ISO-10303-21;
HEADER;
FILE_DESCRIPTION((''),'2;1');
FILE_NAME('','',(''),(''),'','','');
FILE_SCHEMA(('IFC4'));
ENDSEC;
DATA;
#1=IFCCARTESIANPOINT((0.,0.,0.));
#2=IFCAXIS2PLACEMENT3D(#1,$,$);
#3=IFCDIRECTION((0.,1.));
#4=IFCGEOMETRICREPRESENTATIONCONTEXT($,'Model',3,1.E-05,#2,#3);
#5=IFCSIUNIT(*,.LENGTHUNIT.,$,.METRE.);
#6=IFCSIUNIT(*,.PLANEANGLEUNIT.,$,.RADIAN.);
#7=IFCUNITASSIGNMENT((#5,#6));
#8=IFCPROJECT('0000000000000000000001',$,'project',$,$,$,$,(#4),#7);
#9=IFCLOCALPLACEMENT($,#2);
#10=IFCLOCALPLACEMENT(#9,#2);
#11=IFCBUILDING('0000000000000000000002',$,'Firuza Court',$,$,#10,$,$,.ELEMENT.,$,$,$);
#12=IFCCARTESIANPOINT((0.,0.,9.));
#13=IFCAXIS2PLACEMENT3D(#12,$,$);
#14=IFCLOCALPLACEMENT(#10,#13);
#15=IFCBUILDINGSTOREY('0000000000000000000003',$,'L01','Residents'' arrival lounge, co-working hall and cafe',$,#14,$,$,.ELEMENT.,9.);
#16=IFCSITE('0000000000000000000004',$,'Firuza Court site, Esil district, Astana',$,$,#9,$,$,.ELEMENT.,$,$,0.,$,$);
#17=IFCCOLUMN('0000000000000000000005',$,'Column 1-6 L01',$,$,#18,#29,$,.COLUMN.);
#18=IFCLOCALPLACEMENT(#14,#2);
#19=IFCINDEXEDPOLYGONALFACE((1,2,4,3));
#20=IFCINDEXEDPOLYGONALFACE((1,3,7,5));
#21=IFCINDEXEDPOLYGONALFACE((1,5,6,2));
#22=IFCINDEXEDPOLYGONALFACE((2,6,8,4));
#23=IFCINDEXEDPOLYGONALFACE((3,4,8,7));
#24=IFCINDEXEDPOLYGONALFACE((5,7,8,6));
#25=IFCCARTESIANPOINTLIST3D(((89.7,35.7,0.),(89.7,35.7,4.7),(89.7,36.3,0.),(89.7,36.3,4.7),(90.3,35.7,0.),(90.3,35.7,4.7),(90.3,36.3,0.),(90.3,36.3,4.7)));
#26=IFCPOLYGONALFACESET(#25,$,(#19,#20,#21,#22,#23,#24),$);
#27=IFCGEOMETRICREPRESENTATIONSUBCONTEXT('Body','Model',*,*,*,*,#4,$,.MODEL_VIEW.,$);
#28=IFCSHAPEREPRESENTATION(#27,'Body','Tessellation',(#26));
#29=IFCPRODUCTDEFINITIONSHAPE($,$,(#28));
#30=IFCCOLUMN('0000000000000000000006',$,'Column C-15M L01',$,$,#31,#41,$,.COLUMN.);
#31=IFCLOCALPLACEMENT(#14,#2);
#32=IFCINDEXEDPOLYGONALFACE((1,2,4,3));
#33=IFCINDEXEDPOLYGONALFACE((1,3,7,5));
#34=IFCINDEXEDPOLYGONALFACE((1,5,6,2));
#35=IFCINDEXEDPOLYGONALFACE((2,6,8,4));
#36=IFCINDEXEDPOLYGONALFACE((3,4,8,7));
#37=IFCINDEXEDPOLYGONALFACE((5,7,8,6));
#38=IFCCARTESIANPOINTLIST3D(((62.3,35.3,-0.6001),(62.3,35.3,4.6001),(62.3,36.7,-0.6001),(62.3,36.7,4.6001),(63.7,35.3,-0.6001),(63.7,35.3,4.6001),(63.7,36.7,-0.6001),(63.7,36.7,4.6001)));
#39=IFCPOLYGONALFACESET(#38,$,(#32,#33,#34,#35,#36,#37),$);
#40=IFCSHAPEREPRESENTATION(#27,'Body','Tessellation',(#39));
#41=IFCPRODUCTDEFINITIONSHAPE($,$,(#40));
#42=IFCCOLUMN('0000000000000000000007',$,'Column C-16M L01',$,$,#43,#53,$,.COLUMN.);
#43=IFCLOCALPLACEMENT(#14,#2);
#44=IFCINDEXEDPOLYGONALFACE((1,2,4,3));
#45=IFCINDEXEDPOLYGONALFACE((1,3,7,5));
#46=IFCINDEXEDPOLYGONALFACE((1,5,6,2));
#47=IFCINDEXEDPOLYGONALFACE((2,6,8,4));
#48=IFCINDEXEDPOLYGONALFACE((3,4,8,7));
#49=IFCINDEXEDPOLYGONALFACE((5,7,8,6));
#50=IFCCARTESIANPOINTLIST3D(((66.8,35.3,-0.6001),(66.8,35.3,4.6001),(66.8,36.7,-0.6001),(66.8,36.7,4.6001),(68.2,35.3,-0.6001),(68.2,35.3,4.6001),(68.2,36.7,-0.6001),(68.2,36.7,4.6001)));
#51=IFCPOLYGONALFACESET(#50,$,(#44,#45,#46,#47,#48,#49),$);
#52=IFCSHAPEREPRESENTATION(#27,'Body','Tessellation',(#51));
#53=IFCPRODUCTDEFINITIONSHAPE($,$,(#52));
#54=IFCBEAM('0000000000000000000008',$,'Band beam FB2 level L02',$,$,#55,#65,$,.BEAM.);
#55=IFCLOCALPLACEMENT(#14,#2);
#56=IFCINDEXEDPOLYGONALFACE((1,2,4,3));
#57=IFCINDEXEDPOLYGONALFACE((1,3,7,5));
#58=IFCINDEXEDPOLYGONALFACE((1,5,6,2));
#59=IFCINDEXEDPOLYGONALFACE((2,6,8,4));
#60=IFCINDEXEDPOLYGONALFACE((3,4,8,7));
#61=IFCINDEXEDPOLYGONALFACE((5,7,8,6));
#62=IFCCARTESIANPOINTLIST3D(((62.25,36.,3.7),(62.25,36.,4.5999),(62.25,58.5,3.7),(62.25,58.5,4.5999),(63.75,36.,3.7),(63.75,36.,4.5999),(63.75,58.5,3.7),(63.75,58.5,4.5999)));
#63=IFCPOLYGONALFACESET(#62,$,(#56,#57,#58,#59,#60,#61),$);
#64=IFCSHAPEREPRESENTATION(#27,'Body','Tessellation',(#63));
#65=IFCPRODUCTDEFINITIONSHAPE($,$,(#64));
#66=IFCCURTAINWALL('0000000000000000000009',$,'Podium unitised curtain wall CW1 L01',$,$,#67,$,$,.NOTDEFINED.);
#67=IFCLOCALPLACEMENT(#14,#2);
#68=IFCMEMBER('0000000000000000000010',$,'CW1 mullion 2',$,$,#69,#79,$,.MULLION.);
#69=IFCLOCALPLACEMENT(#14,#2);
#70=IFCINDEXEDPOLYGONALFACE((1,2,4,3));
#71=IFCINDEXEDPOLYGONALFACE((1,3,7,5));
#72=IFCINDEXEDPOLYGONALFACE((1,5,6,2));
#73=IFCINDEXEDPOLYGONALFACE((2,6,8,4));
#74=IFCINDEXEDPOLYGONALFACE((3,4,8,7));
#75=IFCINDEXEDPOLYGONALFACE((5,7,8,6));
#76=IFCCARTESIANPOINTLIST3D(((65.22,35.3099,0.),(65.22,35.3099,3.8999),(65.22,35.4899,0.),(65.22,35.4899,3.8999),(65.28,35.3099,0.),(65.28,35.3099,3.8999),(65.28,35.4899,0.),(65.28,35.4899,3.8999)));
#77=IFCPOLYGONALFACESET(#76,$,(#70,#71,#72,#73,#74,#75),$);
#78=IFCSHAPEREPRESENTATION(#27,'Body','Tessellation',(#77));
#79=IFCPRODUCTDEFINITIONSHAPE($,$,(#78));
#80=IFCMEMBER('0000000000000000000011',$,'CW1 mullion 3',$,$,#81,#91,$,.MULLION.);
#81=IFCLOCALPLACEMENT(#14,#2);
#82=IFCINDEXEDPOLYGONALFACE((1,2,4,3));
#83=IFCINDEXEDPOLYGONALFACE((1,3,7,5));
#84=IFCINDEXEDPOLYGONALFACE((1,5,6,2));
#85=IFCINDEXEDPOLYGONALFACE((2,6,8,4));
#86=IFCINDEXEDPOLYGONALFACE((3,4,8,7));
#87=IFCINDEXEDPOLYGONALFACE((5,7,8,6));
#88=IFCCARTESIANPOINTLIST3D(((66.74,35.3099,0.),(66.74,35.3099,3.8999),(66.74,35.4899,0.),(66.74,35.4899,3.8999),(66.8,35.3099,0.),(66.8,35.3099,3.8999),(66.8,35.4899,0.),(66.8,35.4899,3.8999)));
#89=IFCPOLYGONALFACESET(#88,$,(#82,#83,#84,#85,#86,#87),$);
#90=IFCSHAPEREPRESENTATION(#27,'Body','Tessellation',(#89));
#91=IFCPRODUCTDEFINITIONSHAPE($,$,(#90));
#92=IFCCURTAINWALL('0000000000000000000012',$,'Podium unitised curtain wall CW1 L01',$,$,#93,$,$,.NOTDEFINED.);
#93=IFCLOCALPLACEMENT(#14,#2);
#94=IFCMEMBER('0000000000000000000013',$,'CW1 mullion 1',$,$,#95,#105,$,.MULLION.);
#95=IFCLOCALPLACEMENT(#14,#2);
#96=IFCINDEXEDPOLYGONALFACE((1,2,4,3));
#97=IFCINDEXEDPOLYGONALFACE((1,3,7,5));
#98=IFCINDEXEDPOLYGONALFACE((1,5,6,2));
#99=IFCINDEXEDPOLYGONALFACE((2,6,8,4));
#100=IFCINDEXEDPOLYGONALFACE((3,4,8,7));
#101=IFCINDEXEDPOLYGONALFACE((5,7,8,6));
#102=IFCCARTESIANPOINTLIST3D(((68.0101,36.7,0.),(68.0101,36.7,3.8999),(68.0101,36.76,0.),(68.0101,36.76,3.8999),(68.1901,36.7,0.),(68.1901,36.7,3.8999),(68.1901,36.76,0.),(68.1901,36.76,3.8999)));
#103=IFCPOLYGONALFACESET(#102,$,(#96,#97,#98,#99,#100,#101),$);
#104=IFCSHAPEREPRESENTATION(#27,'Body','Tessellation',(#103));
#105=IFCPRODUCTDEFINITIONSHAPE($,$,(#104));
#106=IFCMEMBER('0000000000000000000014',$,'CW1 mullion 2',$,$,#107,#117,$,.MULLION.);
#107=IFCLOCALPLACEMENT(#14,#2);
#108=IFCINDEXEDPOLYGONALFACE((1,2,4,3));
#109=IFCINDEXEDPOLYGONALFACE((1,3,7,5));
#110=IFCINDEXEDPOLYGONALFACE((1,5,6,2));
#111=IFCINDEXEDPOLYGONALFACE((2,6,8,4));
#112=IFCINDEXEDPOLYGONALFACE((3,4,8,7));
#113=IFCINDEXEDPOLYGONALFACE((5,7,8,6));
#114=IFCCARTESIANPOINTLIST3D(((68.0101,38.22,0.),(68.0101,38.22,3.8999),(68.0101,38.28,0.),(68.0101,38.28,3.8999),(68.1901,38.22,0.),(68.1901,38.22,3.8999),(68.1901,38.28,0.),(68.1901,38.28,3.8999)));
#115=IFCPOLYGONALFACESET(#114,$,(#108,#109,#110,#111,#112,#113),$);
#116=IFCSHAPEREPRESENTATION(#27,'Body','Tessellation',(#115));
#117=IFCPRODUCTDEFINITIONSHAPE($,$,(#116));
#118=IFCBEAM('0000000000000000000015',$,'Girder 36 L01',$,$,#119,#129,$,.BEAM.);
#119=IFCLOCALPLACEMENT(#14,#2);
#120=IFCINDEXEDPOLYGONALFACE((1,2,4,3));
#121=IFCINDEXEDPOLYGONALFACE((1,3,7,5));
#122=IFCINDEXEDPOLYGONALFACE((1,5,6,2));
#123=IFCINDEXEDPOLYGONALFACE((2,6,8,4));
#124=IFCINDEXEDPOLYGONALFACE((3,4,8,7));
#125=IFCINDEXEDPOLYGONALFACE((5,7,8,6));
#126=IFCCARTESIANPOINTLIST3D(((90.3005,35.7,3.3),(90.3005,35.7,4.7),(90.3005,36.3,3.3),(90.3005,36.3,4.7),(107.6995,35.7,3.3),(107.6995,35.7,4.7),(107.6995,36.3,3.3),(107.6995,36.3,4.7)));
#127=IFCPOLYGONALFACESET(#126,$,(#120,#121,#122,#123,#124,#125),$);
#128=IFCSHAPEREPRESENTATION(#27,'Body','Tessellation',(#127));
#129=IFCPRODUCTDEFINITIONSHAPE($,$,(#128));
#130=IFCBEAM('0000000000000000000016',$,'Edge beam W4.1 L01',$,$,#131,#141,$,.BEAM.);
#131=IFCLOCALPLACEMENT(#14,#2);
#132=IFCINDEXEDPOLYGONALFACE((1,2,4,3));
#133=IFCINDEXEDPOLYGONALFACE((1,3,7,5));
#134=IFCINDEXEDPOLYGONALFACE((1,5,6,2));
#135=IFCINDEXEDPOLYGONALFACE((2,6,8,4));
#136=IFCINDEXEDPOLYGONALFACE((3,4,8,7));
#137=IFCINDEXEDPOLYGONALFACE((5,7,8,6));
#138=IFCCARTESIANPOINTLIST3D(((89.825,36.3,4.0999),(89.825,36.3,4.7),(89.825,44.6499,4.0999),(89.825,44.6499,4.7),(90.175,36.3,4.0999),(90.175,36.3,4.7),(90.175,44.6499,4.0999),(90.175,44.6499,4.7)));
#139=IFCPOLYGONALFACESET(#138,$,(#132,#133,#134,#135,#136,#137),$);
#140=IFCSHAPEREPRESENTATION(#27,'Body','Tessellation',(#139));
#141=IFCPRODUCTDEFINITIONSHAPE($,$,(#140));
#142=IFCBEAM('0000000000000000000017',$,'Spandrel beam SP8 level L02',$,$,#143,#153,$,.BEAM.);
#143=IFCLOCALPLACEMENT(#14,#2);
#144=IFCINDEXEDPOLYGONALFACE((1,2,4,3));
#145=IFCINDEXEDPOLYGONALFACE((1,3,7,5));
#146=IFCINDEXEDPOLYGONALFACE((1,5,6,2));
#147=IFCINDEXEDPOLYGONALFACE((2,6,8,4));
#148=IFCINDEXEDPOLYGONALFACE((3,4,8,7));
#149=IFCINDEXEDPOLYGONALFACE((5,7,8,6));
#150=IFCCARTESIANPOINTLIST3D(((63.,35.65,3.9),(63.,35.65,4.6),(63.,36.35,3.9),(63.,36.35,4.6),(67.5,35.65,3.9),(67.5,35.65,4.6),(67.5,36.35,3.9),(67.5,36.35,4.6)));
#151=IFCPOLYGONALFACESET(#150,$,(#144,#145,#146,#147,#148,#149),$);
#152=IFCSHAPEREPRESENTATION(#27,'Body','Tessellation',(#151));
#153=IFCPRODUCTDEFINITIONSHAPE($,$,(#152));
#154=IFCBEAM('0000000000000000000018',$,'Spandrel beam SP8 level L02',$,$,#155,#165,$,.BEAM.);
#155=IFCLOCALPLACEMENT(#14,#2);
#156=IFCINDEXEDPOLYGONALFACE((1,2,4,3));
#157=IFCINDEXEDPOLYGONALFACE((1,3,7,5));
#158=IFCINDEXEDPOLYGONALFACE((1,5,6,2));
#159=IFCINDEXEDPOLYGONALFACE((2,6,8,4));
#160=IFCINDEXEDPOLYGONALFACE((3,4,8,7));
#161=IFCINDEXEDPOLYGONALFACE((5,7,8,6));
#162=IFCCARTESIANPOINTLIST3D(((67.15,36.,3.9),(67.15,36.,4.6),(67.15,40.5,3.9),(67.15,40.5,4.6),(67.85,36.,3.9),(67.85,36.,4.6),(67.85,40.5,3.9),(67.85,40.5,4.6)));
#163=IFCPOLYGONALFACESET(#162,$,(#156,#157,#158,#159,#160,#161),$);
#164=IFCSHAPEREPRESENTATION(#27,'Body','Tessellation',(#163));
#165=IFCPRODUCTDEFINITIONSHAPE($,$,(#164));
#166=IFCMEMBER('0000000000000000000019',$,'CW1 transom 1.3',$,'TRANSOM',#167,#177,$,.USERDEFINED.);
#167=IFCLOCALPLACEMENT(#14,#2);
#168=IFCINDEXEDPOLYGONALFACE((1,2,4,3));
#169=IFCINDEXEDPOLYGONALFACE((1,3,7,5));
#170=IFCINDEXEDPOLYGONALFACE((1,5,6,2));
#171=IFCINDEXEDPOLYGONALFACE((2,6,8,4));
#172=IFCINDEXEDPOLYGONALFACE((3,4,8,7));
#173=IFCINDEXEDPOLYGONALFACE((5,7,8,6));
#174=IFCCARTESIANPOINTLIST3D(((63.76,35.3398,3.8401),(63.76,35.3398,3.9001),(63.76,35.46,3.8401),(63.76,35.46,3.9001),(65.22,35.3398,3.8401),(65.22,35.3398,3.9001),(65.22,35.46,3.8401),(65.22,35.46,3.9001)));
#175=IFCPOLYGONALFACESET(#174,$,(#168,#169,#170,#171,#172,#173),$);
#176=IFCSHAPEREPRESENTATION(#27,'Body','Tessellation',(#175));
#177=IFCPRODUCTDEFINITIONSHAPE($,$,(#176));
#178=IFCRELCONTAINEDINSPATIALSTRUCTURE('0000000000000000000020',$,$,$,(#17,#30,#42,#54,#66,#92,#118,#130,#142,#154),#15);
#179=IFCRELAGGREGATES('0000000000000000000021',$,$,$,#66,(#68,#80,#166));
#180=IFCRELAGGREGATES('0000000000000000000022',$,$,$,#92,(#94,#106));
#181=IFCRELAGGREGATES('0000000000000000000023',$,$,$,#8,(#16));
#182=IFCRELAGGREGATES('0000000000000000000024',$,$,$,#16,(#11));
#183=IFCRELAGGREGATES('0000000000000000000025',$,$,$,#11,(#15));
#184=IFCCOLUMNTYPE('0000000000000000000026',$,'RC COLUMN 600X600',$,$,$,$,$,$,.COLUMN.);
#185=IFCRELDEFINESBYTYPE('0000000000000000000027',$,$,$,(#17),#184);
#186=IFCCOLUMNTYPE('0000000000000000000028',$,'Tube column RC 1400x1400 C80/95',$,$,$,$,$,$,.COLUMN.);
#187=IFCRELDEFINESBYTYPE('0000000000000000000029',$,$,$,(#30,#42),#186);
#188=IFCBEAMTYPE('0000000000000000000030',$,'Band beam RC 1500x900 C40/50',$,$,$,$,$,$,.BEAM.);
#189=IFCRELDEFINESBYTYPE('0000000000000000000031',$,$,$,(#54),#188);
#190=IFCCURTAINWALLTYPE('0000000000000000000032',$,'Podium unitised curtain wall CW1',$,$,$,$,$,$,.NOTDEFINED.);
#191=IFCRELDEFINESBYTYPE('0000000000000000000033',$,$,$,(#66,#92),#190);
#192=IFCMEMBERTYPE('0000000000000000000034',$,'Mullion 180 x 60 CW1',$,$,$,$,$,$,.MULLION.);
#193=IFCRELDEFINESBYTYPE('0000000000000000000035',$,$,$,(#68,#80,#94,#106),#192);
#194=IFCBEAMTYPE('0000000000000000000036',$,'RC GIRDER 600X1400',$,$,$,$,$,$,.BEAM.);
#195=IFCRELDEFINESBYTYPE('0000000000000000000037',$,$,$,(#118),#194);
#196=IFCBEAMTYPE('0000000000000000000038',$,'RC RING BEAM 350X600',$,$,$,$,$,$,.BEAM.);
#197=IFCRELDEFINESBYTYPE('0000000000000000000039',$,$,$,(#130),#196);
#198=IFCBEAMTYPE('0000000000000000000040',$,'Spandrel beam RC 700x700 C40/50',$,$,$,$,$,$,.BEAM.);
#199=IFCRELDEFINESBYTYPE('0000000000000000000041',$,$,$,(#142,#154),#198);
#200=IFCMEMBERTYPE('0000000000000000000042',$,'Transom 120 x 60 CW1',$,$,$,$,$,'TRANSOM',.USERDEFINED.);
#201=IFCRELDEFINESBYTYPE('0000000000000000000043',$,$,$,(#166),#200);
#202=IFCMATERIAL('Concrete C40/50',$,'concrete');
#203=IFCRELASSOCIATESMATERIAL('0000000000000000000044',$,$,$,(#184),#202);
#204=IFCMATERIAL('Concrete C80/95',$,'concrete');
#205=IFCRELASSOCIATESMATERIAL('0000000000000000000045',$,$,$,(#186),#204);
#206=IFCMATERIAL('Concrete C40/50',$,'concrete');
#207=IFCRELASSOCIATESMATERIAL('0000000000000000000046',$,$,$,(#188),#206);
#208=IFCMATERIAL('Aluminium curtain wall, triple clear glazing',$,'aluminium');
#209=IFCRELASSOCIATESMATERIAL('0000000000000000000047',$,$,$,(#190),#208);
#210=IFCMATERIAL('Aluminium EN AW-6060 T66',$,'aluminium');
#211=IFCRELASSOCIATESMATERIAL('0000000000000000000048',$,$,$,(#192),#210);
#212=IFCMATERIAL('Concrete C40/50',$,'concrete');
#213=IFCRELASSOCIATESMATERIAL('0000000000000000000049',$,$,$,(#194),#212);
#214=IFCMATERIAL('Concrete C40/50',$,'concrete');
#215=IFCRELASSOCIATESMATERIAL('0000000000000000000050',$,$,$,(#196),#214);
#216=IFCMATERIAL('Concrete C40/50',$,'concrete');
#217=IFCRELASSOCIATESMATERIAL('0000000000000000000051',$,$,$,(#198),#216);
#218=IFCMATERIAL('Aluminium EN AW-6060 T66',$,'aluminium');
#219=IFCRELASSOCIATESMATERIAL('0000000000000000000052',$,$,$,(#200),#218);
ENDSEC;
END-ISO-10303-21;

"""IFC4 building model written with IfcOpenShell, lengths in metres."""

from ifc_helpers import new_model, si_unit, direction, frame, origin, origin_2d, place, context, subcontext, project, spatial, rectangle, extrude, material, material_profile, profile_set, type_object, element, aggregate, save


model = new_model("IFC4")

# Units and contexts
model_context = context("Model", 3, precision=1e-05, world=origin(), true_north=direction((0.0, 1.0)))
body_context = subcontext(model_context, "Body", "Model", "MODEL_VIEW")
ifc_project = project(units=[si_unit("LENGTHUNIT", "METRE"), si_unit("PLANEANGLEUNIT", "RADIAN")], contexts=[model_context])

# Site, building, storey
site_placement = place(None, origin())
site = spatial("IfcSite", under=ifc_project, at=site_placement, Name="Firuza Court site, Esil district, Astana", CompositionType="ELEMENT", RefElevation=0.0)
building_placement = place(site_placement, origin())
building = spatial("IfcBuilding", under=site, at=building_placement, Name="Firuza Court", CompositionType="ELEMENT")
storey_placement = place(building_placement, frame((0.0, 0.0, 9.0)))
storey = spatial("IfcBuildingStorey", under=building, at=storey_placement, Name="L01", Description="Residents' arrival lounge, co-working hall and cafe", CompositionType="ELEMENT", Elevation=9.0)

# Columns
ifc_material_1 = material(Name="Concrete C40/50", Category="concrete")
ifc_material_profile_1 = material_profile(ifc_material_1, rectangle(XDim=0.6001, YDim=0.6001, at=origin_2d()), Name="RC 600X600")
ifc_profile_set_1 = profile_set([ifc_material_profile_1], Name="Concrete C40/50")
column_type_1 = type_object("IfcColumnType", Name="RC COLUMN 600X600", PredefinedType="COLUMN", material=ifc_profile_set_1)
column_placement = place(storey_placement, frame((90.0, 36.0, 0.0), z_axis=(0.0, 0.0, 1.0), x_axis=(1.0, 0.0, 0.0)))
element("IfcColumn", 1, at=column_placement, inside=storey, type_object=column_type_1, Name="Column 1-6 L01", PredefinedType="COLUMN", context=body_context, shape_type="SweptSolid", body=[
    extrude(rectangle(XDim=0.6001, YDim=0.6001, at=origin_2d()), origin(), (0.0, 0.0, 1.0), 4.7),
])
ifc_material_2 = material(Name="Concrete C80/95", Category="concrete")
ifc_material_profile_2 = material_profile(ifc_material_2, rectangle(XDim=1.3999, YDim=1.3999, at=origin_2d()), Name="RC 1400x1400")
ifc_profile_set_2 = profile_set([ifc_material_profile_2], Name="Concrete C80/95")
column_type_2 = type_object("IfcColumnType", Name="Tube column RC 1400x1400 C80/95", PredefinedType="COLUMN", material=ifc_profile_set_2)
for number, where, z_axis, x_axis, name in (
    (2, (63.0, 36.0, -0.6001), (0.0, 0.0, 1.0), (1.0, 0.0, 0.0), "Column C-15M L01"),
    (3, (67.5, 36.0, -0.6001), (0.0, 0.0, 1.0), (1.0, 0.0, 0.0), "Column C-16M L01"),
):
    element("IfcColumn", number, at=place(storey_placement, frame(where, z_axis=z_axis, x_axis=x_axis)), inside=storey, type_object=column_type_2, Name=name, PredefinedType="COLUMN", context=body_context, shape_type="SweptSolid", body=[
        extrude(rectangle(XDim=1.3999, YDim=1.3999, at=origin_2d()), origin(), (0.0, 0.0, 1.0), 5.2002),
    ])

# Beam
ifc_material_3 = material(Name="Concrete C40/50", Category="concrete")
ifc_material_profile_3 = material_profile(ifc_material_3, rectangle(XDim=1.5, YDim=0.8999, at=origin_2d()), Name="RC 1500x900")
ifc_profile_set_3 = profile_set([ifc_material_profile_3], Name="Concrete C40/50")
beam_type_1 = type_object("IfcBeamType", Name="Band beam RC 1500x900 C40/50", PredefinedType="BEAM", material=ifc_profile_set_3)
beam_1_placement = place(storey_placement, frame((63.0, 36.0, 4.1499), z_axis=(0.0, 1.0, 0.0), x_axis=(-1.0, 0.0, 0.0)))
element("IfcBeam", 4, at=beam_1_placement, inside=storey, type_object=beam_type_1, Name="Band beam FB2 level L02", PredefinedType="BEAM", context=body_context, shape_type="SweptSolid", body=[
    extrude(rectangle(XDim=1.5, YDim=0.8999, at=origin_2d()), origin(), (0.0, 0.0, 1.0), 22.5),
])

# Curtain walls, members
ifc_material_4 = material(Name="Aluminium curtain wall, triple clear glazing", Category="aluminium")
curtain_wall_type = type_object("IfcCurtainWallType", Name="Podium unitised curtain wall CW1", PredefinedType="NOTDEFINED", material=ifc_material_4)
curtain_wall_1_placement = place(storey_placement, origin())
curtain_wall_1 = element("IfcCurtainWall", 5, at=curtain_wall_1_placement, inside=storey, type_object=curtain_wall_type, Name="Podium unitised curtain wall CW1 L01", PredefinedType="NOTDEFINED")
ifc_material_5 = material(Name="Aluminium EN AW-6060 T66", Category="aluminium")
ifc_material_profile_4 = material_profile(ifc_material_5, rectangle(XDim=0.1799, YDim=0.0601, at=origin_2d()), Name="Mullion 180 x 60 CW1")
ifc_profile_set_4 = profile_set([ifc_material_profile_4], Name="Aluminium EN AW-6060 T66")
member_type_1 = type_object("IfcMemberType", Name="Mullion 180 x 60 CW1", PredefinedType="MULLION", material=ifc_profile_set_4)
member_1_placement = place(storey_placement, frame((65.25, 35.3999, 0.0), z_axis=(0.0, 0.0, 1.0), x_axis=(0.0, 1.0, 0.0)))
member_1 = element("IfcMember", 6, at=member_1_placement, type_object=member_type_1, Name="CW1 mullion 2", PredefinedType="MULLION", context=body_context, shape_type="SweptSolid", body=[
    extrude(rectangle(XDim=0.1799, YDim=0.0601, at=origin_2d()), origin(), (0.0, 0.0, 1.0), 3.8999),
])
member_2_placement = place(storey_placement, frame((66.77, 35.3999, 0.0), z_axis=(0.0, 0.0, 1.0), x_axis=(0.0, 1.0, 0.0)))
member_2 = element("IfcMember", 7, at=member_2_placement, type_object=member_type_1, Name="CW1 mullion 3", PredefinedType="MULLION", context=body_context, shape_type="SweptSolid", body=[
    extrude(rectangle(XDim=0.1799, YDim=0.0601, at=origin_2d()), origin(), (0.0, 0.0, 1.0), 3.8999),
])
curtain_wall_2_placement = place(storey_placement, origin())
curtain_wall_2 = element("IfcCurtainWall", 8, at=curtain_wall_2_placement, inside=storey, type_object=curtain_wall_type, Name="Podium unitised curtain wall CW1 L01", PredefinedType="NOTDEFINED")
member_3_placement = place(storey_placement, frame((68.1001, 36.73, 0.0), z_axis=(0.0, 0.0, 1.0), x_axis=(-1.0, 0.0, 0.0)))
member_3 = element("IfcMember", 9, at=member_3_placement, type_object=member_type_1, Name="CW1 mullion 1", PredefinedType="MULLION", context=body_context, shape_type="SweptSolid", body=[
    extrude(rectangle(XDim=0.1799, YDim=0.0601, at=origin_2d()), origin(), (0.0, 0.0, 1.0), 3.8999),
])
member_4_placement = place(storey_placement, frame((68.1001, 38.25, 0.0), z_axis=(0.0, 0.0, 1.0), x_axis=(-1.0, 0.0, 0.0)))
member_4 = element("IfcMember", 10, at=member_4_placement, type_object=member_type_1, Name="CW1 mullion 2", PredefinedType="MULLION", context=body_context, shape_type="SweptSolid", body=[
    extrude(rectangle(XDim=0.1799, YDim=0.0601, at=origin_2d()), origin(), (0.0, 0.0, 1.0), 3.8999),
])

# Beams
ifc_material_6 = material(Name="Concrete C40/50", Category="concrete")
ifc_material_profile_5 = material_profile(ifc_material_6, rectangle(XDim=0.6001, YDim=1.3999, at=origin_2d()), Name="RC 600X1400")
ifc_profile_set_5 = profile_set([ifc_material_profile_5], Name="Concrete C40/50")
beam_type_2 = type_object("IfcBeamType", Name="RC GIRDER 600X1400", PredefinedType="BEAM", material=ifc_profile_set_5)
beam_2_placement = place(storey_placement, frame((90.3005, 36.0, 4.0), z_axis=(1.0, 0.0, 0.0), x_axis=(0.0, 1.0, 0.0)))
element("IfcBeam", 11, at=beam_2_placement, inside=storey, type_object=beam_type_2, Name="Girder 36 L01", PredefinedType="BEAM", context=body_context, shape_type="SweptSolid", body=[
    extrude(rectangle(XDim=0.6001, YDim=1.3999, at=origin_2d()), origin(), (0.0, 0.0, 1.0), 17.3989),
])
ifc_material_7 = material(Name="Concrete C40/50", Category="concrete")
ifc_material_profile_6 = material_profile(ifc_material_7, rectangle(XDim=0.3501, YDim=0.6001, at=origin_2d()), Name="RC 350X600")
ifc_profile_set_6 = profile_set([ifc_material_profile_6], Name="Concrete C40/50")
beam_type_3 = type_object("IfcBeamType", Name="RC RING BEAM 350X600", PredefinedType="BEAM", material=ifc_profile_set_6)
beam_3_placement = place(storey_placement, frame((90.0, 36.3, 4.3999), z_axis=(0.0, 1.0, 0.0), x_axis=(-1.0, 0.0, 0.0)))
element("IfcBeam", 12, at=beam_3_placement, inside=storey, type_object=beam_type_3, Name="Edge beam W4.1 L01", PredefinedType="BEAM", context=body_context, shape_type="SweptSolid", body=[
    extrude(rectangle(XDim=0.3501, YDim=0.6001, at=origin_2d()), origin(), (0.0, 0.0, 1.0), 8.3499),
])
ifc_material_8 = material(Name="Concrete C40/50", Category="concrete")
ifc_material_profile_7 = material_profile(ifc_material_8, rectangle(XDim=0.7, YDim=0.7, at=origin_2d()), Name="RC 700x700")
ifc_profile_set_7 = profile_set([ifc_material_profile_7], Name="Concrete C40/50")
beam_type_4 = type_object("IfcBeamType", Name="Spandrel beam RC 700x700 C40/50", PredefinedType="BEAM", material=ifc_profile_set_7)
for number, where, z_axis, x_axis, name in (
    (13, (63.0, 36.0, 4.25), (1.0, 0.0, 0.0), (0.0, 1.0, 0.0), "Spandrel beam SP8 level L02"),
    (14, (67.5, 36.0, 4.25), (0.0, 1.0, 0.0), (-1.0, 0.0, 0.0), "Spandrel beam SP8 level L02"),
):
    element("IfcBeam", number, at=place(storey_placement, frame(where, z_axis=z_axis, x_axis=x_axis)), inside=storey, type_object=beam_type_4, Name=name, PredefinedType="BEAM", context=body_context, shape_type="SweptSolid", body=[
        extrude(rectangle(XDim=0.7, YDim=0.7, at=origin_2d()), origin(), (0.0, 0.0, 1.0), 4.5),
    ])

# Member
ifc_material_9 = material(Name="Aluminium EN AW-6060 T66", Category="aluminium")
ifc_material_profile_8 = material_profile(ifc_material_9, rectangle(XDim=0.1201, YDim=0.0601, at=origin_2d()), Name="Transom 120 x 60 CW1")
ifc_profile_set_8 = profile_set([ifc_material_profile_8], Name="Aluminium EN AW-6060 T66")
member_type_2 = type_object("IfcMemberType", Name="Transom 120 x 60 CW1", ElementType="TRANSOM", PredefinedType="USERDEFINED", material=ifc_profile_set_8)
member_5_placement = place(storey_placement, frame((63.76, 35.3999, 3.8701), z_axis=(1.0, 0.0, 0.0), x_axis=(0.0, 1.0, 0.0)))
member_5 = element("IfcMember", 15, at=member_5_placement, type_object=member_type_2, Name="CW1 transom 1.3", ObjectType="TRANSOM", PredefinedType="USERDEFINED", context=body_context, shape_type="SweptSolid", body=[
    extrude(rectangle(XDim=0.1201, YDim=0.0601, at=origin_2d()), origin(), (0.0, 0.0, 1.0), 1.46),
])

aggregate(curtain_wall_1, [member_1, member_2, member_5])
aggregate(curtain_wall_2, [member_3, member_4])

save(model, "model.ifc")
